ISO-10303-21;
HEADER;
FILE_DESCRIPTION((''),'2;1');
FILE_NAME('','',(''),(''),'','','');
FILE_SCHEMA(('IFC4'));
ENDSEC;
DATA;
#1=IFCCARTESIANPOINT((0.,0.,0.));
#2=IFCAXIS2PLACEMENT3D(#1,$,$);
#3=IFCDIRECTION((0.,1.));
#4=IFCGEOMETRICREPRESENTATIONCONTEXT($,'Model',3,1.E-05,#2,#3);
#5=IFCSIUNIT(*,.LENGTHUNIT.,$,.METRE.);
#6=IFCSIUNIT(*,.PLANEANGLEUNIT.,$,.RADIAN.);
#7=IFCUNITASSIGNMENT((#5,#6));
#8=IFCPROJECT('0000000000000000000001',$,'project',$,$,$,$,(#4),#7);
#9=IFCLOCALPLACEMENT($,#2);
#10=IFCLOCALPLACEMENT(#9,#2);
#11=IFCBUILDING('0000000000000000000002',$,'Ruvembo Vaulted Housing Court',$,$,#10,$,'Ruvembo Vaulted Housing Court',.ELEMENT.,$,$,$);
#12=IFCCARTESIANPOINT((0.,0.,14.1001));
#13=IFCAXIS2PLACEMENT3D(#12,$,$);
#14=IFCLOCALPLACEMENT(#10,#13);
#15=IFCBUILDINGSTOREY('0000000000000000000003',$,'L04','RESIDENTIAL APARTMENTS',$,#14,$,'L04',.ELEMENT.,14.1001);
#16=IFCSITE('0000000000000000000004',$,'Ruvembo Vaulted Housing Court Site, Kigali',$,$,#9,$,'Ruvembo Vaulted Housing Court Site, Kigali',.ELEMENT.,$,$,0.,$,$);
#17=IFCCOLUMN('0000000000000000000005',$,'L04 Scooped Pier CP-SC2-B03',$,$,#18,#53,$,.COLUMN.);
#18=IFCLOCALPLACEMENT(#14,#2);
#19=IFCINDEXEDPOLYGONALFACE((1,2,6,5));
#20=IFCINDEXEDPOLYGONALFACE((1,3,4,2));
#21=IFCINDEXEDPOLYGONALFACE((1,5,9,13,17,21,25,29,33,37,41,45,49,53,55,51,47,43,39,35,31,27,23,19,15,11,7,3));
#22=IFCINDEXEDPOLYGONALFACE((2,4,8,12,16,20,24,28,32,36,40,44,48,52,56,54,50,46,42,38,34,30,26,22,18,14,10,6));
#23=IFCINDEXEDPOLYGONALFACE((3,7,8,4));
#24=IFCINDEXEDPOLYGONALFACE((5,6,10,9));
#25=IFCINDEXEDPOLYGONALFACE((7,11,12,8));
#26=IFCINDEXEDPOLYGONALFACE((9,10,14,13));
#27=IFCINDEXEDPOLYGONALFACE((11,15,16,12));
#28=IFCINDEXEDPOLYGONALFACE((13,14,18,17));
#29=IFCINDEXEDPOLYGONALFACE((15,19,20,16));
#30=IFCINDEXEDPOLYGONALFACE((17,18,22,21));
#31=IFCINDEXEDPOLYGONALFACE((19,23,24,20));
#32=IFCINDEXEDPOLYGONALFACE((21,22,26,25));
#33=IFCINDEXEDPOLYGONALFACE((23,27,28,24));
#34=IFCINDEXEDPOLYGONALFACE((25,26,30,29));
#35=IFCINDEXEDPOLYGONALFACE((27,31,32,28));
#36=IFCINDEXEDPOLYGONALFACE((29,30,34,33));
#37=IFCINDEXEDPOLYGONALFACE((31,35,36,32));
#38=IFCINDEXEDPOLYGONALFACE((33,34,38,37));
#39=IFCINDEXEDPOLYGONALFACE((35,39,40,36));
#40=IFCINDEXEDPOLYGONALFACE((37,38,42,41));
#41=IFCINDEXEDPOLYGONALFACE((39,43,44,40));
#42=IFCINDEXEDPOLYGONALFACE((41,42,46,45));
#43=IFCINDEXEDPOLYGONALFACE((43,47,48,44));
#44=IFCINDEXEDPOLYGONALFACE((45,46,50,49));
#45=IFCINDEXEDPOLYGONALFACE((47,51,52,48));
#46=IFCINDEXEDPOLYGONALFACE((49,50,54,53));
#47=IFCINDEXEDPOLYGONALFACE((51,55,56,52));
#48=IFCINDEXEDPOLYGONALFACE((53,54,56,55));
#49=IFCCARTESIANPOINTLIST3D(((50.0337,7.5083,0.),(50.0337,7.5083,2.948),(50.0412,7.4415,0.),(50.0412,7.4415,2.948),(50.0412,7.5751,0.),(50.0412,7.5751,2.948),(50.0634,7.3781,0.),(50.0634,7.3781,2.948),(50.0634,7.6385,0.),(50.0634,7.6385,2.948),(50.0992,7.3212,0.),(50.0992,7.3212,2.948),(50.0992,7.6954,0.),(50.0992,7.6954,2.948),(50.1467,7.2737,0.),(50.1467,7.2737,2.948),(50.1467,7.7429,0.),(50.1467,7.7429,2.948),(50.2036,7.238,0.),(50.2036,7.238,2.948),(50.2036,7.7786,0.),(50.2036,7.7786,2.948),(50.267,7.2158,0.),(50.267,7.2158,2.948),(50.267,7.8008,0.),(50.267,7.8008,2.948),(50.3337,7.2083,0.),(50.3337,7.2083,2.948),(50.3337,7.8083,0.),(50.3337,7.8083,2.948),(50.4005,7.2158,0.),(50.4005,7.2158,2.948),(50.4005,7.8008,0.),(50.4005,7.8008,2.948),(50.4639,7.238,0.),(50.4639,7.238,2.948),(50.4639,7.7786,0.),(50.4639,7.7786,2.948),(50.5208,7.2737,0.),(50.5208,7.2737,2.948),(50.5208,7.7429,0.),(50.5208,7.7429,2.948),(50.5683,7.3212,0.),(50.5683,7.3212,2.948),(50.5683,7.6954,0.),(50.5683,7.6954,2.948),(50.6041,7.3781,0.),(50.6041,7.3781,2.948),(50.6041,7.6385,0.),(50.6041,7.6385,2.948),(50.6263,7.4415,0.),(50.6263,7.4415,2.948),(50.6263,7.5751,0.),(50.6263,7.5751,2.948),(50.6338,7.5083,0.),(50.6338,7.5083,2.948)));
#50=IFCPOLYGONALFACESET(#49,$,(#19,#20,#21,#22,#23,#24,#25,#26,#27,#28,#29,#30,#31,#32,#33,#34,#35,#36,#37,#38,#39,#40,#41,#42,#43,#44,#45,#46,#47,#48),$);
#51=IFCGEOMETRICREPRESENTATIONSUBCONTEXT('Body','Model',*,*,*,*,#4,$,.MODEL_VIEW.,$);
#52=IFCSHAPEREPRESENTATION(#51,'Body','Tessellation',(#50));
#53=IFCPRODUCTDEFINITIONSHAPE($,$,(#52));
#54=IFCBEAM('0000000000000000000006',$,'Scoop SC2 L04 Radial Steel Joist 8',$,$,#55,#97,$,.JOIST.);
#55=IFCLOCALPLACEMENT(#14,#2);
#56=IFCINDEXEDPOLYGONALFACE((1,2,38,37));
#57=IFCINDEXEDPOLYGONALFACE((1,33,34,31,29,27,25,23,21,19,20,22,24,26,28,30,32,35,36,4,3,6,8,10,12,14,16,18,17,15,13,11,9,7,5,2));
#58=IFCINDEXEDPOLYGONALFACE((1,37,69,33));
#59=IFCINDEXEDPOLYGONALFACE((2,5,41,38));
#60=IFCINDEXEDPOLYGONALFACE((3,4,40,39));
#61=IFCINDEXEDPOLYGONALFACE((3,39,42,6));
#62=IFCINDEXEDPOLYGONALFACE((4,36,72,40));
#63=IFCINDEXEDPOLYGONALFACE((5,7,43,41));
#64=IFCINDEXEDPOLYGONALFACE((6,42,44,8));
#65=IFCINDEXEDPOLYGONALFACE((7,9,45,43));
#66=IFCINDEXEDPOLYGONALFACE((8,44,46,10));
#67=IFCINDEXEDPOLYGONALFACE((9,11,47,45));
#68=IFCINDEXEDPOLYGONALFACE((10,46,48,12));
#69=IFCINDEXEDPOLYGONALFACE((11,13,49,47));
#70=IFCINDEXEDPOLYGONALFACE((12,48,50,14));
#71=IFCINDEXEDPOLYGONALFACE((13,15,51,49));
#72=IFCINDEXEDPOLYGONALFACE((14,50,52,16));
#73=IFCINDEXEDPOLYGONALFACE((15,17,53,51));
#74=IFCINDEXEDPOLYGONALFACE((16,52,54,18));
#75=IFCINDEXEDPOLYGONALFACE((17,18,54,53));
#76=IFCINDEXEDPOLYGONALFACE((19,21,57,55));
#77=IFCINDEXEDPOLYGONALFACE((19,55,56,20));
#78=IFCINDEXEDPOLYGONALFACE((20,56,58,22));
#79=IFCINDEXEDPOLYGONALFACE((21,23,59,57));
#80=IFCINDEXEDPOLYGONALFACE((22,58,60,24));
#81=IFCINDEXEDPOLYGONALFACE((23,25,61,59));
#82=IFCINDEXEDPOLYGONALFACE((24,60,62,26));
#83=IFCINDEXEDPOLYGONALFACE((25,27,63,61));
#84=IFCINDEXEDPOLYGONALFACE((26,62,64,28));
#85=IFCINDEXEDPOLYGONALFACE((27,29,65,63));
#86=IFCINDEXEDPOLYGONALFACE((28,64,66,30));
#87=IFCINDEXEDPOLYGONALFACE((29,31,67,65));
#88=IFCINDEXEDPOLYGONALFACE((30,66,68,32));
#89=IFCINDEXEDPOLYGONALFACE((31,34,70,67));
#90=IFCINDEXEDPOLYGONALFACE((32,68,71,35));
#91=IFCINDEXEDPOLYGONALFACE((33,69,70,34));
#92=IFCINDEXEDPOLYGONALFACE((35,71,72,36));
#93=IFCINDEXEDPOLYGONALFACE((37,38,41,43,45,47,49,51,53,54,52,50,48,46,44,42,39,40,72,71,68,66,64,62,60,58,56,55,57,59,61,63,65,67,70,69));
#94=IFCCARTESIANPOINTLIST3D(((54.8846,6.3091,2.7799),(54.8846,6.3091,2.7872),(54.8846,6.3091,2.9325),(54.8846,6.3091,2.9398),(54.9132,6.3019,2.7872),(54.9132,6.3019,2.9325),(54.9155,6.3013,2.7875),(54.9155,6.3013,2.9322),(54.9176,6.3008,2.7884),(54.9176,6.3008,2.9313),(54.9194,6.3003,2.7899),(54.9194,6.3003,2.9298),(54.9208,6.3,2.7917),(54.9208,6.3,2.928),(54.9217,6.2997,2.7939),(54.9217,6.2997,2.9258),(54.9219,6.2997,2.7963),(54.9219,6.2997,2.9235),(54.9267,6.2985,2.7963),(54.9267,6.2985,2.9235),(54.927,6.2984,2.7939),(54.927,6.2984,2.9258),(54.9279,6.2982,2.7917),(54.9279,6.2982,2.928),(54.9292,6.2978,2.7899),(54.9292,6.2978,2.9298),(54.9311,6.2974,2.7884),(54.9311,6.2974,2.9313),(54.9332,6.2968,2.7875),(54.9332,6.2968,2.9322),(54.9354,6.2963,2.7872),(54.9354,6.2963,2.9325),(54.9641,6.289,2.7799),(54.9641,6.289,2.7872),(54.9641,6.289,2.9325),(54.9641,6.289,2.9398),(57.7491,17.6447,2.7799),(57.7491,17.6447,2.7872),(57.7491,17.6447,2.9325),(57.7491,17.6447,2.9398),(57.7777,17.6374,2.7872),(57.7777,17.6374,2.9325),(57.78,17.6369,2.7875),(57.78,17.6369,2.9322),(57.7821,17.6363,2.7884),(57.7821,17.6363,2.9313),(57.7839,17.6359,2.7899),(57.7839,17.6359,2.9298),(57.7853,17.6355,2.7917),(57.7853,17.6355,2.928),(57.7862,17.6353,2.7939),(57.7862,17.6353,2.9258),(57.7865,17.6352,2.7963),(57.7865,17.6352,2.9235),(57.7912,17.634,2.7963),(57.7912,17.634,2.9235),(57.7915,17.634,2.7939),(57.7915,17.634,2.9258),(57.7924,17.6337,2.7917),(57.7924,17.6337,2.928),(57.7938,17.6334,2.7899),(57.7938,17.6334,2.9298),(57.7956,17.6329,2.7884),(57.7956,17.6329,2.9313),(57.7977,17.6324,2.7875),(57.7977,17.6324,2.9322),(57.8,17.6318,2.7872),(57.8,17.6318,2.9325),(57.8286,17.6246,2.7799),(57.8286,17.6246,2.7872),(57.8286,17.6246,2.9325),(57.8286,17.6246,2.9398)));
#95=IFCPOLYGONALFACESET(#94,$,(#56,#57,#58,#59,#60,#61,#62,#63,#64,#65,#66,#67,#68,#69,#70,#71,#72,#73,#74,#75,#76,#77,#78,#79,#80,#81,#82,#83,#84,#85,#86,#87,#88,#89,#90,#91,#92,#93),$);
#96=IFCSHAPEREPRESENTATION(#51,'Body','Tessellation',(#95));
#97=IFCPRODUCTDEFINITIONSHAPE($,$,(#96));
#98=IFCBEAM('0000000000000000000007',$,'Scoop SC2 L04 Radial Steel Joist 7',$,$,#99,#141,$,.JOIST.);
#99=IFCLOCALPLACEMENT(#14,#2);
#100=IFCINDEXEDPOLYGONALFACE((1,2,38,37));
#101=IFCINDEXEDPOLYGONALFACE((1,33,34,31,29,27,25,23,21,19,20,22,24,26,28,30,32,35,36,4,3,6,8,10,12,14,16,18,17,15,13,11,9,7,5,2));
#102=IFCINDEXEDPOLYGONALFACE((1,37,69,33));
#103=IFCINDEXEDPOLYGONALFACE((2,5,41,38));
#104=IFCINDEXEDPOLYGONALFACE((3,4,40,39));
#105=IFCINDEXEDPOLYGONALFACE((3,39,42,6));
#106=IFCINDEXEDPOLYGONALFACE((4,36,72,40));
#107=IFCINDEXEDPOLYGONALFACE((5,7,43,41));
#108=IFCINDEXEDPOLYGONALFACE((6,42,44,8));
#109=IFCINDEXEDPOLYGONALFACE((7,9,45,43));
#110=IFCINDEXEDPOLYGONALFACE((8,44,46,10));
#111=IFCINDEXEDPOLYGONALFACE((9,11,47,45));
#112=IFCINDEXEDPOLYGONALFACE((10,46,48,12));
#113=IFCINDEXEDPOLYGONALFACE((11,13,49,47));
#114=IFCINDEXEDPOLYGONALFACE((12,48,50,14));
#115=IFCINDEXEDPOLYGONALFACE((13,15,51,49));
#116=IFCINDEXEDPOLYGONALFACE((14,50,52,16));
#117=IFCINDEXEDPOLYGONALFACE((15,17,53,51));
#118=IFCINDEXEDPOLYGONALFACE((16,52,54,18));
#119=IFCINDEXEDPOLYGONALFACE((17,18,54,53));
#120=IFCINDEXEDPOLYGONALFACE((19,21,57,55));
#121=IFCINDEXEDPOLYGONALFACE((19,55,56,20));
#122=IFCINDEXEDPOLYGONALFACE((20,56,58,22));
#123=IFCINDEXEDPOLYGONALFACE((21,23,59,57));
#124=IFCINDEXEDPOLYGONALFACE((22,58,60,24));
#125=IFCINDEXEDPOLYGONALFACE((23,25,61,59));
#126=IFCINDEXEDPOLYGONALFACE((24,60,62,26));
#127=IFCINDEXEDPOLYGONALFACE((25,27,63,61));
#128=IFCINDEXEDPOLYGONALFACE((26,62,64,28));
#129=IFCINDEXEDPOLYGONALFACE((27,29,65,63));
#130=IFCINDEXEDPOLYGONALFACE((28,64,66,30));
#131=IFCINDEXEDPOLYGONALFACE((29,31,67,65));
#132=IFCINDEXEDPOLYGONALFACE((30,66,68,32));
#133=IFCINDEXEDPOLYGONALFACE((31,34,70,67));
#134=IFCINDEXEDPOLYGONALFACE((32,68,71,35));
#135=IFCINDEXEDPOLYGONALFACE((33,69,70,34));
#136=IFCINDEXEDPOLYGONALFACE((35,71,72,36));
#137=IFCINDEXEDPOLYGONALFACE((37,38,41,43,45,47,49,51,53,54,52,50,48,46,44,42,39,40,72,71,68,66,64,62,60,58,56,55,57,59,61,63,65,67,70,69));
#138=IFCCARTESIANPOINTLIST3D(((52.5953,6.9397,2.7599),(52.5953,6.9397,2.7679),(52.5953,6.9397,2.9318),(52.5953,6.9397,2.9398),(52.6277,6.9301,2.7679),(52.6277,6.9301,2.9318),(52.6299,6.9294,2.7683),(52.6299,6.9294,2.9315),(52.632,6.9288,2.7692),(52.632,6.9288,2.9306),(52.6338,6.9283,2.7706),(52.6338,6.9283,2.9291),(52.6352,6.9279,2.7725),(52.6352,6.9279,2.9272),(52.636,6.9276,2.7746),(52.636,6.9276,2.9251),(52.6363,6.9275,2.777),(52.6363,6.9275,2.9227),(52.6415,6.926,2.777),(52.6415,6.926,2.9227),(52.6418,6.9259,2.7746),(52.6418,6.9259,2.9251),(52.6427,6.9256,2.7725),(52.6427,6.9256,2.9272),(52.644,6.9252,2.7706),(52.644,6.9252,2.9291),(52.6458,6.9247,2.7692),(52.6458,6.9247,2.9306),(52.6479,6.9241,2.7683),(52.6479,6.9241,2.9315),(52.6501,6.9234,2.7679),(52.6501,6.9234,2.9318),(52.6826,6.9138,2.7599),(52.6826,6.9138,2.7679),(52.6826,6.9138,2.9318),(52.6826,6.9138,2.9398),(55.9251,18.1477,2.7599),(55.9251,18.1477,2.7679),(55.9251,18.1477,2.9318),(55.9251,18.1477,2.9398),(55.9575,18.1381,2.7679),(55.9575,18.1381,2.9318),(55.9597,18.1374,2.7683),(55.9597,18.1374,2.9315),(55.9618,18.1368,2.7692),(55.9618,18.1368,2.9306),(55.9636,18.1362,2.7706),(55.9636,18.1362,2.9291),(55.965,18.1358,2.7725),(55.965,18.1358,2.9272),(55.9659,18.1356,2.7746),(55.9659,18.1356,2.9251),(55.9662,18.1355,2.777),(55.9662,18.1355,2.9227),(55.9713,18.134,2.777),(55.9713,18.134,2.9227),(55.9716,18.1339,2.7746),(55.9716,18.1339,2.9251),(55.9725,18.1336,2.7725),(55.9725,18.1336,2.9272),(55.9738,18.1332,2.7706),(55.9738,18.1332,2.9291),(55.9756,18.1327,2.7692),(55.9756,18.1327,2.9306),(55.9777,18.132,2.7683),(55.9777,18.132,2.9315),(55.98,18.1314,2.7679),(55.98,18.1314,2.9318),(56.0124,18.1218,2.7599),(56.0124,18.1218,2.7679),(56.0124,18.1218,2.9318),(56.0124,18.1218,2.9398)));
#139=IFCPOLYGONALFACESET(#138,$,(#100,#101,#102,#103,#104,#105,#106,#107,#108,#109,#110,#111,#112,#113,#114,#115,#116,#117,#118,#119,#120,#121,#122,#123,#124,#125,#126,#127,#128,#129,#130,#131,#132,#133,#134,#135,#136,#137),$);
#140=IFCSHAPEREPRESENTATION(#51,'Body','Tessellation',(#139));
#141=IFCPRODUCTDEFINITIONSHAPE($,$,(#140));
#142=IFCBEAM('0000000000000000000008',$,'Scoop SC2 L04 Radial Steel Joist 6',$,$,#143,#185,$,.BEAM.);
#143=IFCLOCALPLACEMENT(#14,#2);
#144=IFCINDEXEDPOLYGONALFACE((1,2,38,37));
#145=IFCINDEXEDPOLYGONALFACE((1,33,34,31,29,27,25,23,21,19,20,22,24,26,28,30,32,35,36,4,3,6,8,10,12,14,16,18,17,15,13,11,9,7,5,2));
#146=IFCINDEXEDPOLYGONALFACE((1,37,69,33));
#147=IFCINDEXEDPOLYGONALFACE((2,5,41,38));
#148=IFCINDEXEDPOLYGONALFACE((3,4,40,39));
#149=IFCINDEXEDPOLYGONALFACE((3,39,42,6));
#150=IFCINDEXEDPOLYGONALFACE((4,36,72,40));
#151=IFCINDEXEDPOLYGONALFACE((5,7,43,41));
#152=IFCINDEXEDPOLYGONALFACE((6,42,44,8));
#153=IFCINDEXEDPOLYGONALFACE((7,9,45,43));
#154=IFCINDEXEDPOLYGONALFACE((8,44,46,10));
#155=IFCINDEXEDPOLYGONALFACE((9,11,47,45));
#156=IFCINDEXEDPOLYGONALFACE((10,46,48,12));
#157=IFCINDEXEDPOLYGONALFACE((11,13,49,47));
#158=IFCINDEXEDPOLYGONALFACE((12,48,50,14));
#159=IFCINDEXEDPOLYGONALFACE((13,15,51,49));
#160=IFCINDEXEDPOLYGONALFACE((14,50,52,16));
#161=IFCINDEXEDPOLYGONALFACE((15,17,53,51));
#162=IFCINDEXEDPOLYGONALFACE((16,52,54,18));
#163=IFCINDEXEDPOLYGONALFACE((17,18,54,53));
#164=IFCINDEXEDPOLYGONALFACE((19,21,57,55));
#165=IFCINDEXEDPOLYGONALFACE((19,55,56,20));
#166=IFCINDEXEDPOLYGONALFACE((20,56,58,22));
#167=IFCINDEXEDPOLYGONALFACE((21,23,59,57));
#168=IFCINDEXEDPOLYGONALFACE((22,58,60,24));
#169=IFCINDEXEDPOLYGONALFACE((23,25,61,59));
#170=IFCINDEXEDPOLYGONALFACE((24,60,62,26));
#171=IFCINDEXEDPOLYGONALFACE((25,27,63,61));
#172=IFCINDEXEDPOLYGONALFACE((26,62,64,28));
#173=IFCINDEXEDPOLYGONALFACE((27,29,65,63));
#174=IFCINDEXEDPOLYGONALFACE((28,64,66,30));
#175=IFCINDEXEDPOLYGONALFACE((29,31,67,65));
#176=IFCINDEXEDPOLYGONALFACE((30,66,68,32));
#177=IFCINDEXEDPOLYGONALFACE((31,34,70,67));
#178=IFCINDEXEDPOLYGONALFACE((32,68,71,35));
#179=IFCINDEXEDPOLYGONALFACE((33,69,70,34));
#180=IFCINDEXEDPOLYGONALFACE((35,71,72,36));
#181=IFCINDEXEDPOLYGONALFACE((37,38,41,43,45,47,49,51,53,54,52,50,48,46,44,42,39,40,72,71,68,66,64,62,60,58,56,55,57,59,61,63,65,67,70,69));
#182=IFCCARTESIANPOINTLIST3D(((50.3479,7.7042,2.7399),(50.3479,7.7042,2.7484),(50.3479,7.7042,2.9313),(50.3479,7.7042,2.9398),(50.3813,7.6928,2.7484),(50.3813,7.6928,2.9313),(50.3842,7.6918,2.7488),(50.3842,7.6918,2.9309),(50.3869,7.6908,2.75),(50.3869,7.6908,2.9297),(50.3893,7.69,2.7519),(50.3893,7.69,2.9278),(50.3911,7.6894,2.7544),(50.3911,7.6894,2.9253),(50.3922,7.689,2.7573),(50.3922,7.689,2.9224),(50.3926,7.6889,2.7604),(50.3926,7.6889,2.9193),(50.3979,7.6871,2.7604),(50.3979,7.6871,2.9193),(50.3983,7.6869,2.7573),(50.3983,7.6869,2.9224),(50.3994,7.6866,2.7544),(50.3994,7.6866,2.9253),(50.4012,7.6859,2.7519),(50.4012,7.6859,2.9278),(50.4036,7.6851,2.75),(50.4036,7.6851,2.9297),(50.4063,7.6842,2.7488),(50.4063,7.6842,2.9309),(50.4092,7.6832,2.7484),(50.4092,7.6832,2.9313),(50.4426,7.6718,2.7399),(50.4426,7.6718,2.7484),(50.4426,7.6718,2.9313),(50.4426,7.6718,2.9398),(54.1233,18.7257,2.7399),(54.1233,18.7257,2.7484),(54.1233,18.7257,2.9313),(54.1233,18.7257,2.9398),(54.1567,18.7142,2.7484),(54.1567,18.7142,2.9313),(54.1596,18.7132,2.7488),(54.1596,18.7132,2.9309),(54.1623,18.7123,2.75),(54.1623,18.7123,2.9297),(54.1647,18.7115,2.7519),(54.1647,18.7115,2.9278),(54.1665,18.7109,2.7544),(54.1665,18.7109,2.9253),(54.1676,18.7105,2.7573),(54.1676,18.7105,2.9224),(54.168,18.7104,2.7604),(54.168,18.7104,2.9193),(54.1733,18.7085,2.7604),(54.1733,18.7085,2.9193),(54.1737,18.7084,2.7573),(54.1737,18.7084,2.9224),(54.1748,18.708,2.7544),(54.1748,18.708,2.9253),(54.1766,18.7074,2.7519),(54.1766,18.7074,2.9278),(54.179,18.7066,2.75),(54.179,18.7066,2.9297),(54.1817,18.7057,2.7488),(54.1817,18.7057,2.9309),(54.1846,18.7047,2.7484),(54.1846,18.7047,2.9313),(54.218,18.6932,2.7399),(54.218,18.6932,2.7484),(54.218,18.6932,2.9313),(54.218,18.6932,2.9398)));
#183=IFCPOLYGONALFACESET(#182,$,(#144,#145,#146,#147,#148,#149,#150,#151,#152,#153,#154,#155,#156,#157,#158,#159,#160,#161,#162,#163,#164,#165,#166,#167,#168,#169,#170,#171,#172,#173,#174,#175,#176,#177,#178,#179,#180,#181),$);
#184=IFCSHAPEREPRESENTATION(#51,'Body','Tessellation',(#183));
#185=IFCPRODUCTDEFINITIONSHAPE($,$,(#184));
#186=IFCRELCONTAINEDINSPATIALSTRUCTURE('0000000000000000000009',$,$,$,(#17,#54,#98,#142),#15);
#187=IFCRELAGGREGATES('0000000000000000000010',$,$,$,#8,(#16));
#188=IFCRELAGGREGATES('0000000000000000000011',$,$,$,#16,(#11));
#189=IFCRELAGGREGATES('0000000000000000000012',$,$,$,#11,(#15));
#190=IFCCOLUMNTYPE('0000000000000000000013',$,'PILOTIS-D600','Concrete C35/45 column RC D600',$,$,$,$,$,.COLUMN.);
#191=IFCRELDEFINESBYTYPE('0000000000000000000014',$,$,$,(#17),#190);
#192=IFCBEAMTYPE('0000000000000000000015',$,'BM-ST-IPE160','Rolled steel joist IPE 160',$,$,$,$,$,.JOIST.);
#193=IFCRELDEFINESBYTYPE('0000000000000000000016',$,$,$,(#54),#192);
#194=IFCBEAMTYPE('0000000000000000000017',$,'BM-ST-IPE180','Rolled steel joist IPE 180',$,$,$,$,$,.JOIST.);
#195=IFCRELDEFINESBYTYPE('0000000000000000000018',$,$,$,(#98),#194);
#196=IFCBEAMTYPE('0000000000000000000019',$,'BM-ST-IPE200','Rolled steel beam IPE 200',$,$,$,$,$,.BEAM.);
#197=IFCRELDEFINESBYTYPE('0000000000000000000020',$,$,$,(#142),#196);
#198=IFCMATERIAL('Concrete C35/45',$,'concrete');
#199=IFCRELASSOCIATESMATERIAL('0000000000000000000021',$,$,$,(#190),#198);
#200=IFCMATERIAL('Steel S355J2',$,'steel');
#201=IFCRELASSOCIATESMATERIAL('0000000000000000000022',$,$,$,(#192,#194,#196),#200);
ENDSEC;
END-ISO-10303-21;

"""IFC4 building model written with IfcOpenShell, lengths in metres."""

from ifc_helpers import new_model, si_unit, direction, frame, origin, origin_2d, place, context, subcontext, project, spatial, circle, i_section, extrude, material, material_profile, profile_set, type_object, element, save


model = new_model("IFC4")

# Units and contexts
model_context = context("Model", 3, precision=1e-05, world=origin(), true_north=direction((0.0, 1.0)))
body_context = subcontext(model_context, "Body", "Model", "MODEL_VIEW")
ifc_project = project(units=[si_unit("LENGTHUNIT", "METRE"), si_unit("PLANEANGLEUNIT", "RADIAN")], contexts=[model_context])

# Site, building, storey
site_placement = place(None, origin())
site = spatial("IfcSite", under=ifc_project, at=site_placement, Name="Ruvembo Vaulted Housing Court Site, Kigali", LongName="Ruvembo Vaulted Housing Court Site, Kigali", CompositionType="ELEMENT", RefElevation=0.0)
building_placement = place(site_placement, origin())
building = spatial("IfcBuilding", under=site, at=building_placement, Name="Ruvembo Vaulted Housing Court", LongName="Ruvembo Vaulted Housing Court", CompositionType="ELEMENT")
storey_placement = place(building_placement, frame((0.0, 0.0, 14.1001)))
storey = spatial("IfcBuildingStorey", under=building, at=storey_placement, Name="L04", Description="RESIDENTIAL APARTMENTS", LongName="L04", CompositionType="ELEMENT", Elevation=14.1001)

# Column
ifc_material_1 = material(Name="Concrete C35/45", Category="concrete")
ifc_material_profile_1 = material_profile(ifc_material_1, circle(Radius=0.3, at=origin_2d()), Name="RC D600")
ifc_profile_set_1 = profile_set([ifc_material_profile_1], Name="Concrete C35/45")
column_type = type_object("IfcColumnType", Name="PILOTIS-D600", Description="Concrete C35/45 column RC D600", PredefinedType="COLUMN", material=ifc_profile_set_1)
column_placement = place(storey_placement, frame((50.3337, 7.5083, 0.0), z_axis=(0.0, 0.0, 1.0), x_axis=(1.0, 0.0, 0.0)))
element("IfcColumn", 1, at=column_placement, inside=storey, type_object=column_type, Name="L04 Scooped Pier CP-SC2-B03", PredefinedType="COLUMN", context=body_context, shape_type="SweptSolid", body=[
    extrude(circle(Radius=0.3, at=origin_2d()), origin(), (0.0, 0.0, 1.0), 2.948),
])

# Beams
ifc_material_2 = material(Name="Steel S355J2", Category="steel")
ifc_material_profile_2 = material_profile(ifc_material_2, i_section(OverallWidth=0.082, OverallDepth=0.1599, WebThickness=0.0049, FlangeThickness=0.0073, FilletRadius=0.009, at=origin_2d()), Name="IPE 160")
ifc_profile_set_2 = profile_set([ifc_material_profile_2], Name="Steel S355J2")
beam_type_1 = type_object("IfcBeamType", Name="BM-ST-IPE160", Description="Rolled steel joist IPE 160", PredefinedType="JOIST", material=ifc_profile_set_2)
beam_1_placement = place(storey_placement, frame((54.9243, 6.2991, 2.8599), z_axis=(0.245001, 0.969523, 0.0), x_axis=(-0.969523, 0.245001, 0.0)))
element("IfcBeam", 2, at=beam_1_placement, inside=storey, type_object=beam_type_1, Name="Scoop SC2 L04 Radial Steel Joist 8", PredefinedType="JOIST", context=body_context, shape_type="SweptSolid", body=[
    extrude(i_section(OverallWidth=0.082, OverallDepth=0.1599, WebThickness=0.0049, FlangeThickness=0.0073, FilletRadius=0.009, at=origin_2d()), origin(), (0.0, 0.0, 1.0), 11.6919),
])
ifc_material_profile_3 = material_profile(ifc_material_2, i_section(OverallWidth=0.0911, OverallDepth=0.1799, WebThickness=0.0054, FlangeThickness=0.0081, FilletRadius=0.009, at=origin_2d()), Name="IPE 180")
ifc_profile_set_3 = profile_set([ifc_material_profile_3], Name="Steel S355J2")
beam_type_2 = type_object("IfcBeamType", Name="BM-ST-IPE180", Description="Rolled steel joist IPE 180", PredefinedType="JOIST", material=ifc_profile_set_3)
beam_2_placement = place(storey_placement, frame((52.6389, 6.9268, 2.8499), z_axis=(0.284791, 0.95859, 0.0), x_axis=(-0.95859, 0.284791, 0.0)))
element("IfcBeam", 3, at=beam_2_placement, inside=storey, type_object=beam_type_2, Name="Scoop SC2 L04 Radial Steel Joist 7", PredefinedType="JOIST", context=body_context, shape_type="SweptSolid", body=[
    extrude(i_section(OverallWidth=0.0911, OverallDepth=0.1799, WebThickness=0.0054, FlangeThickness=0.0081, FilletRadius=0.009, at=origin_2d()), origin(), (0.0, 0.0, 1.0), 11.6921),
])
ifc_material_profile_4 = material_profile(ifc_material_2, i_section(OverallWidth=0.1001, OverallDepth=0.2, WebThickness=0.0056, FlangeThickness=0.0085, FilletRadius=0.012, at=origin_2d()), Name="IPE 200")
ifc_profile_set_4 = profile_set([ifc_material_profile_4], Name="Steel S355J2")
beam_type_3 = type_object("IfcBeamType", Name="BM-ST-IPE200", Description="Rolled steel beam IPE 200", PredefinedType="BEAM", material=ifc_profile_set_4)
beam_3_placement = place(storey_placement, frame((50.3953, 7.688, 2.8398), z_axis=(0.324063, 0.946036, 0.0), x_axis=(-0.946036, 0.324063, 0.0)))
element("IfcBeam", 4, at=beam_3_placement, inside=storey, type_object=beam_type_3, Name="Scoop SC2 L04 Radial Steel Joist 6", PredefinedType="BEAM", context=body_context, shape_type="SweptSolid", body=[
    extrude(i_section(OverallWidth=0.1001, OverallDepth=0.2, WebThickness=0.0056, FlangeThickness=0.0085, FilletRadius=0.012, at=origin_2d()), origin(), (0.0, 0.0, 1.0), 11.6501),
])

save(model, "model.ifc")
